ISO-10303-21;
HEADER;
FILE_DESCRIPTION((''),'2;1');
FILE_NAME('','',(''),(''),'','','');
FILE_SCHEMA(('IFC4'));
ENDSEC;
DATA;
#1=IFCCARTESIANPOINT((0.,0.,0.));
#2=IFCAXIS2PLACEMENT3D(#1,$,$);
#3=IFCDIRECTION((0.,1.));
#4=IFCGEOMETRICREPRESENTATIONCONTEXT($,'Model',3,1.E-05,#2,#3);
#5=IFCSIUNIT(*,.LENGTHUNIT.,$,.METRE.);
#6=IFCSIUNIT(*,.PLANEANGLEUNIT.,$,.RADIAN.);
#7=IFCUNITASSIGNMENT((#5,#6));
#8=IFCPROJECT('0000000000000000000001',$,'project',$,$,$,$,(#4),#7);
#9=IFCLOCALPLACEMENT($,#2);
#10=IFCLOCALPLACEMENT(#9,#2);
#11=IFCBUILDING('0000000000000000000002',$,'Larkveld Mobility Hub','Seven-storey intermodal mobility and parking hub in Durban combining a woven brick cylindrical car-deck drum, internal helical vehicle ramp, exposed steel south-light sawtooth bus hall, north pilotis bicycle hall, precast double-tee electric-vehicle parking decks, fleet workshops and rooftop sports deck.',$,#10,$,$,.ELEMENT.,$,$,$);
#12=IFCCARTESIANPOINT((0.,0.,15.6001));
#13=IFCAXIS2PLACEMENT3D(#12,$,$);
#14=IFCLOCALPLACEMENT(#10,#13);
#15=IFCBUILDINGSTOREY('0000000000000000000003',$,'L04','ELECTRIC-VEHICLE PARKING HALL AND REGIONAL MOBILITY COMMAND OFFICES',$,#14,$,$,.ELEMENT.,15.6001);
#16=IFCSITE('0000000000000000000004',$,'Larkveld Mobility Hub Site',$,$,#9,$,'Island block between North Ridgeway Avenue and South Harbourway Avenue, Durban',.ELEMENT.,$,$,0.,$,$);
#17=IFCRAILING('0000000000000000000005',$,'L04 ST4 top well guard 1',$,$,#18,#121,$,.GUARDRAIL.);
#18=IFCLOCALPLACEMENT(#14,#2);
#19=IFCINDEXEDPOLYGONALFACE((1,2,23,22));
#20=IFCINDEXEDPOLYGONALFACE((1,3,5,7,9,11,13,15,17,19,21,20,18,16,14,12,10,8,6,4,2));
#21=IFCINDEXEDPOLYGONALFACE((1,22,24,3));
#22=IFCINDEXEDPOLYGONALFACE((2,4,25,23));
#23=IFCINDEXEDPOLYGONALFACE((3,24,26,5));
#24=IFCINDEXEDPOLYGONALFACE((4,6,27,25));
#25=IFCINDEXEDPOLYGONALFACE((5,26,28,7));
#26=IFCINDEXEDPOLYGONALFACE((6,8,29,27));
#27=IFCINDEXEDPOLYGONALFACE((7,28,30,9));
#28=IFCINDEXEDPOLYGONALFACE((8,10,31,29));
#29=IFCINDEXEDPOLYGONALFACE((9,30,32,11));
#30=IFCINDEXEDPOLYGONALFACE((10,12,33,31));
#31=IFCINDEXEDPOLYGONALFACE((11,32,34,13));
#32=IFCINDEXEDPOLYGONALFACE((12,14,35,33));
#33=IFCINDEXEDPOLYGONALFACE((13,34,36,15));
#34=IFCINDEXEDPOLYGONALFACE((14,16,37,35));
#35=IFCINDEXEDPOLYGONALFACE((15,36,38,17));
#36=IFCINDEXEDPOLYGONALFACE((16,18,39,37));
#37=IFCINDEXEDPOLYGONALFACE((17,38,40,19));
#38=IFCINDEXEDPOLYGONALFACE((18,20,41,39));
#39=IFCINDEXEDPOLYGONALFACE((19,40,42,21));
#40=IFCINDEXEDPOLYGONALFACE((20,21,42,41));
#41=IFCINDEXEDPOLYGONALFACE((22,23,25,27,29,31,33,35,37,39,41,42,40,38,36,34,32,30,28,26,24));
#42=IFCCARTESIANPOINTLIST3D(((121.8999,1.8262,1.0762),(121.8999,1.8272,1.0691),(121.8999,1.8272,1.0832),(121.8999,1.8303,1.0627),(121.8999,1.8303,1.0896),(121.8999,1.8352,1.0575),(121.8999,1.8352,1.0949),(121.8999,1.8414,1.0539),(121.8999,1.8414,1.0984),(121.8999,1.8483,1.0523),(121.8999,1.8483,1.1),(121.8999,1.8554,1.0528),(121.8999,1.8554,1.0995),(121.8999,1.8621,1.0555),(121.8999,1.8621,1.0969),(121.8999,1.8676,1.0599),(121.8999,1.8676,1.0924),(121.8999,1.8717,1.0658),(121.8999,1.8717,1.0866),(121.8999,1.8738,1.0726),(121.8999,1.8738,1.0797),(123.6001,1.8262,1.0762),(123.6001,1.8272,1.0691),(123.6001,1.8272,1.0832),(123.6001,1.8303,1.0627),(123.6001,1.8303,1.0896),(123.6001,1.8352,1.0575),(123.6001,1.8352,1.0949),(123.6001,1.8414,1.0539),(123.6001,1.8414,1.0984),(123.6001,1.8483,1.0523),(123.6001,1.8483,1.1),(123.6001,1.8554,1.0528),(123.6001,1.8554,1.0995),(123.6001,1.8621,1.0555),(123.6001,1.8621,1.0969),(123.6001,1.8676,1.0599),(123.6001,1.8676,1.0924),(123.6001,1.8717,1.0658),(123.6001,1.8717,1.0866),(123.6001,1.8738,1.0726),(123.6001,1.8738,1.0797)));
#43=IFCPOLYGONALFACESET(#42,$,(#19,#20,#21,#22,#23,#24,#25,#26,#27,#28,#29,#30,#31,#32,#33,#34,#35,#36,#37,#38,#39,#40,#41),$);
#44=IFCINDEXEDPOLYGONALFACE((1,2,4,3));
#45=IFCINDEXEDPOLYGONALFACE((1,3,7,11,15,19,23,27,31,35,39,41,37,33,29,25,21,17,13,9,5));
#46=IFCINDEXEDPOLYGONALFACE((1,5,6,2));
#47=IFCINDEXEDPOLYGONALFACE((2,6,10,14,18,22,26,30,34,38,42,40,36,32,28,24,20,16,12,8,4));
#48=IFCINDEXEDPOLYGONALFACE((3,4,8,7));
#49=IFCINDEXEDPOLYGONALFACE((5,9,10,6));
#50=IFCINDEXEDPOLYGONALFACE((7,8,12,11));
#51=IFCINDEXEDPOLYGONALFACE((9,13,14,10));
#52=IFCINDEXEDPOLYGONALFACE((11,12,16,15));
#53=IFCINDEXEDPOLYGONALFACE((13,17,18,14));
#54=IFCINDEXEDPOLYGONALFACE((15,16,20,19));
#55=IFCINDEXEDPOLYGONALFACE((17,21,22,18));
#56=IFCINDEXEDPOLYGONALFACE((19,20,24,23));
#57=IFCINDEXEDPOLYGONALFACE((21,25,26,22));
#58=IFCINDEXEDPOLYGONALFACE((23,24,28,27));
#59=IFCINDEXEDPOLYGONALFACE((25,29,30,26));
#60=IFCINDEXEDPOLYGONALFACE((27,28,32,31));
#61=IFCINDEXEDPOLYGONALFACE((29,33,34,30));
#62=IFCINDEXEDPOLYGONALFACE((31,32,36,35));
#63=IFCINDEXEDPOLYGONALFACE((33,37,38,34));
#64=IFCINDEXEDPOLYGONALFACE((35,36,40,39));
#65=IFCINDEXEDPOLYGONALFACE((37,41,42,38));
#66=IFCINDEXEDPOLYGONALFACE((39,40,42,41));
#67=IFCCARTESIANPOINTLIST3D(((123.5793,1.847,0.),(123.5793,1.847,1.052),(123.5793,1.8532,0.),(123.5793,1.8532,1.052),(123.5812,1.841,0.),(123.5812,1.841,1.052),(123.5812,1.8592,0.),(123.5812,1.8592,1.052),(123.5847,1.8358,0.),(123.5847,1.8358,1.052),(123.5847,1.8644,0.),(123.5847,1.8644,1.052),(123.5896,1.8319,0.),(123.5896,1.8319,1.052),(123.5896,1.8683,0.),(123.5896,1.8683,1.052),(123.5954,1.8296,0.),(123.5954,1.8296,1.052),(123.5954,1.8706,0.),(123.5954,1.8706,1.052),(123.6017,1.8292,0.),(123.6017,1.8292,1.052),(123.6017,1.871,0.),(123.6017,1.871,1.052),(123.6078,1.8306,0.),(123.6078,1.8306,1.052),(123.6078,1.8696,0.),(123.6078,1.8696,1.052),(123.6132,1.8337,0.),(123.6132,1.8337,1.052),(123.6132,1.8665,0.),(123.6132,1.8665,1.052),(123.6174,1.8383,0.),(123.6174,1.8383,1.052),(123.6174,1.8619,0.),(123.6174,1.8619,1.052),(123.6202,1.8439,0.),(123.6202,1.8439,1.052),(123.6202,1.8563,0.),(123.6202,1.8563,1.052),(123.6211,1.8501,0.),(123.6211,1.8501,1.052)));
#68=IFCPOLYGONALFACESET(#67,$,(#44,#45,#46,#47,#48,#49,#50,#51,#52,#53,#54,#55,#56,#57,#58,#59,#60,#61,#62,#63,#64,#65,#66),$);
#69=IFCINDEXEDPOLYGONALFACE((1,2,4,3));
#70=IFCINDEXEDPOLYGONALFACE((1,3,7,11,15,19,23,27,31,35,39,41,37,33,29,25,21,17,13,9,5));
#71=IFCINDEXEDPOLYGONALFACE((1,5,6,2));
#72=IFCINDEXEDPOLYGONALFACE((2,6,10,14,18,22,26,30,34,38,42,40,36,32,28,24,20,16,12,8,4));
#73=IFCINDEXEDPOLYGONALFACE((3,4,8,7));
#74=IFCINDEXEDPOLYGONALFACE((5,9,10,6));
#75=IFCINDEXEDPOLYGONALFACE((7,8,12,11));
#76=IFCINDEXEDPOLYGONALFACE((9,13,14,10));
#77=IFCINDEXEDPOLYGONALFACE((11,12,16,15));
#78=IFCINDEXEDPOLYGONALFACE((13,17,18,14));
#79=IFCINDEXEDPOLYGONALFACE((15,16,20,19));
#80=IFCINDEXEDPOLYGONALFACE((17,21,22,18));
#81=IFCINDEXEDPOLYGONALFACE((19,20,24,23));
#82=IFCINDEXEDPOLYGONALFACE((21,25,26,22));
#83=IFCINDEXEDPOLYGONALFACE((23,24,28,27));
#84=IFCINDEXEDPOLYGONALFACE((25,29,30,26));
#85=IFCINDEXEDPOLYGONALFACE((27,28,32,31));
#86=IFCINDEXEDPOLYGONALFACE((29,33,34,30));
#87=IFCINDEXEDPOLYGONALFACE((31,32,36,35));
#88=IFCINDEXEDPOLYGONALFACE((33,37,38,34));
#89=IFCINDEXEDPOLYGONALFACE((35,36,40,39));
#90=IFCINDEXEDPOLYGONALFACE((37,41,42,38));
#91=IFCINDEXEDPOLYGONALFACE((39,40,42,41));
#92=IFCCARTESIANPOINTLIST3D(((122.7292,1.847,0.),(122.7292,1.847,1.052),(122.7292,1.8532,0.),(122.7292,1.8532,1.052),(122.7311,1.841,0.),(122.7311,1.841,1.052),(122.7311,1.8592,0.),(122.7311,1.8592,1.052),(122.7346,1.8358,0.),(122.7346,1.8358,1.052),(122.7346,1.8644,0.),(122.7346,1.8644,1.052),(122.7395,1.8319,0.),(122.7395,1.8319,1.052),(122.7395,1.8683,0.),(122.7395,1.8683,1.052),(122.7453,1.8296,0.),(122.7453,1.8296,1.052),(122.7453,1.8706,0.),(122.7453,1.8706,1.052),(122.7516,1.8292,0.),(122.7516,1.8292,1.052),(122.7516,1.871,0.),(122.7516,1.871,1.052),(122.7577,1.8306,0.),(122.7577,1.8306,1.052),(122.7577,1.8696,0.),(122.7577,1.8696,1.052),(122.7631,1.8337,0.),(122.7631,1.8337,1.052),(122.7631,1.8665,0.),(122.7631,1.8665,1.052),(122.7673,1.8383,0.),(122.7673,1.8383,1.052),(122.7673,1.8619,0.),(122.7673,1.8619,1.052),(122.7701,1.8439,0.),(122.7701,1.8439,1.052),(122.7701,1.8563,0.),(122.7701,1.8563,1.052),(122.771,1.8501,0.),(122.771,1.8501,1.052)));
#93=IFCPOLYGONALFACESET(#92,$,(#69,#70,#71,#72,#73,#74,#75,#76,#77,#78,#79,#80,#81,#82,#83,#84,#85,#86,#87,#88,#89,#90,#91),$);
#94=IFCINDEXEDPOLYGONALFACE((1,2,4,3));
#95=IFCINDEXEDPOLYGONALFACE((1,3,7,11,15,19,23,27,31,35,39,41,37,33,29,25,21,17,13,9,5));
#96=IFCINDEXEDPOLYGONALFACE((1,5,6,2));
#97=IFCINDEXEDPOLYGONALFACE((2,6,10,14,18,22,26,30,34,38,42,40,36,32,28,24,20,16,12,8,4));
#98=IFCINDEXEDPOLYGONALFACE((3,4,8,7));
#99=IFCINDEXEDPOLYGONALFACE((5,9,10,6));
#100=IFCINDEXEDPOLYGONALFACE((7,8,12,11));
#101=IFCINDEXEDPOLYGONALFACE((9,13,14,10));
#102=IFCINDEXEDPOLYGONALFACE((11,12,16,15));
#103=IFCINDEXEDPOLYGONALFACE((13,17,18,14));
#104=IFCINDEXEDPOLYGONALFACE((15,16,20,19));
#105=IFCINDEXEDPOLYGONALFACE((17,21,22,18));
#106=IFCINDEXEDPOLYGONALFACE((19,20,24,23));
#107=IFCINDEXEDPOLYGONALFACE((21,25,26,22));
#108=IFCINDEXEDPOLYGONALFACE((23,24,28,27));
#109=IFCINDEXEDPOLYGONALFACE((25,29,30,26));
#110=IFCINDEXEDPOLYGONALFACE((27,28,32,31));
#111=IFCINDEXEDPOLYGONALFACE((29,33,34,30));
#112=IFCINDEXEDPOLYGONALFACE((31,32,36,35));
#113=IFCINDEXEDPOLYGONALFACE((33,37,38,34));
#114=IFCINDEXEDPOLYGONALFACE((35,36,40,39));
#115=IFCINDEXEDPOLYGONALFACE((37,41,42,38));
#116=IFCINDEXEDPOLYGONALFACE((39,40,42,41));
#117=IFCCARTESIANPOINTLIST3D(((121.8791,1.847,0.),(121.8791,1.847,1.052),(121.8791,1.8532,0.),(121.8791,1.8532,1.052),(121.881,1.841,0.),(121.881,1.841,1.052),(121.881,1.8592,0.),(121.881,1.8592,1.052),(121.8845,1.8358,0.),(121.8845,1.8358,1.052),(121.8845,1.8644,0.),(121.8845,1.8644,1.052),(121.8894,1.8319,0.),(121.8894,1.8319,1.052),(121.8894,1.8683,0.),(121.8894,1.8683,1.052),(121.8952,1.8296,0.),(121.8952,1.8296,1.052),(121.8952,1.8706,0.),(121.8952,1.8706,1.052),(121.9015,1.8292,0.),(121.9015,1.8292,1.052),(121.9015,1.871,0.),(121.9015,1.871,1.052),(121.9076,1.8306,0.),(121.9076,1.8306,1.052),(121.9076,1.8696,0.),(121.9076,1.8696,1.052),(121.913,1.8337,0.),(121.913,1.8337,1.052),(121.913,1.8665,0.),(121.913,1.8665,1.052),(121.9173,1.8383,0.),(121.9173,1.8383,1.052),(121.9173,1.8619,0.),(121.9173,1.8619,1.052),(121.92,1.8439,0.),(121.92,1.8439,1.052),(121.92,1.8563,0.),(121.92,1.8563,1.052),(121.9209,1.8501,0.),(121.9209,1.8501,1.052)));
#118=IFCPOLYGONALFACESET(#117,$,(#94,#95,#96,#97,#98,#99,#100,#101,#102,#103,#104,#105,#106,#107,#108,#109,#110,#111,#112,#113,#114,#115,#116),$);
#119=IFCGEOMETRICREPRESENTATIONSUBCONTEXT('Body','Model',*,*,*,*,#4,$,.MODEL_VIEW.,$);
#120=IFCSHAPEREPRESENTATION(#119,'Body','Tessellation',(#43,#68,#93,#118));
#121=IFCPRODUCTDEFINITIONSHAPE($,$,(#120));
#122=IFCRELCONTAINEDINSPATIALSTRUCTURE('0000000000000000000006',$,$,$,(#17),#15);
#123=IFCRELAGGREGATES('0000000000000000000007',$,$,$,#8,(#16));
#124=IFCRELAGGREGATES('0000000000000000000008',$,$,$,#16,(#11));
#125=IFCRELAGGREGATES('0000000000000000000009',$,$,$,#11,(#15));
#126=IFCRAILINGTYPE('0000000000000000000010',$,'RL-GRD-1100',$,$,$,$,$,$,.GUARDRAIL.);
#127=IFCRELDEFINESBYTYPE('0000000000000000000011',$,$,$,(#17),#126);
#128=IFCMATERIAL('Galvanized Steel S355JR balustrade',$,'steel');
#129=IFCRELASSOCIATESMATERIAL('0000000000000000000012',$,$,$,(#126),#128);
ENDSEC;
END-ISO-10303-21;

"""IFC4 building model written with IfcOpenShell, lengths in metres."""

from ifc_helpers import new_model, si_unit, direction, frame, origin, origin_2d, place, context, subcontext, project, spatial, circle, extrude, material, type_object, element, save


model = new_model("IFC4")

# Units and contexts
model_context = context("Model", 3, precision=1e-05, world=origin(), true_north=direction((0.0, 1.0)))
body_context = subcontext(model_context, "Body", "Model", "MODEL_VIEW")
ifc_project = project(units=[si_unit("LENGTHUNIT", "METRE"), si_unit("PLANEANGLEUNIT", "RADIAN")], contexts=[model_context])

# Site, building, storey
site_placement = place(None, origin())
site = spatial("IfcSite", under=ifc_project, at=site_placement, Name="Larkveld Mobility Hub Site", LongName="Island block between North Ridgeway Avenue and South Harbourway Avenue, Durban", CompositionType="ELEMENT", RefElevation=0.0)
building_placement = place(site_placement, origin())
building = spatial("IfcBuilding", under=site, at=building_placement, Name="Larkveld Mobility Hub", Description="Seven-storey intermodal mobility and parking hub in Durban combining a woven brick cylindrical car-deck drum, internal helical vehicle ramp, exposed steel south-light sawtooth bus hall, north pilotis bicycle hall, precast double-tee electric-vehicle parking decks, fleet workshops and rooftop sports deck.", CompositionType="ELEMENT")
storey_placement = place(building_placement, frame((0.0, 0.0, 15.6001)))
storey = spatial("IfcBuildingStorey", under=building, at=storey_placement, Name="L04", Description="ELECTRIC-VEHICLE PARKING HALL AND REGIONAL MOBILITY COMMAND OFFICES", CompositionType="ELEMENT", Elevation=15.6001)

# Railing
ifc_material_1 = material(Name="Galvanized Steel S355JR balustrade", Category="steel")
railing_type = type_object("IfcRailingType", Name="RL-GRD-1100", PredefinedType="GUARDRAIL", material=ifc_material_1)
railing_placement = place(storey_placement, frame((123.6001, 1.8501, 0.0)))
element("IfcRailing", 1, at=railing_placement, inside=storey, type_object=railing_type, Name="L04 ST4 top well guard 1", PredefinedType="GUARDRAIL", context=body_context, shape_type="SweptSolid", body=[
    extrude(circle(Radius=0.0239, at=origin_2d()), frame((0.0, 0.0, 1.0762), z_axis=(-1.0, 0.0, 0.0), x_axis=(0.0, -1.0, 0.0)), (0.0, 0.0, 1.0), 1.7002),
    extrude(circle(Radius=0.021, at=origin_2d()), origin(), (0.0, 0.0, 1.0), 1.052),
    extrude(circle(Radius=0.021, at=origin_2d()), frame((-0.8501, 0.0, 0.0)), (0.0, 0.0, 1.0), 1.052),
    extrude(circle(Radius=0.021, at=origin_2d()), frame((-1.7002, 0.0, 0.0)), (0.0, 0.0, 1.0), 1.052),
])

save(model, "model.ifc")
